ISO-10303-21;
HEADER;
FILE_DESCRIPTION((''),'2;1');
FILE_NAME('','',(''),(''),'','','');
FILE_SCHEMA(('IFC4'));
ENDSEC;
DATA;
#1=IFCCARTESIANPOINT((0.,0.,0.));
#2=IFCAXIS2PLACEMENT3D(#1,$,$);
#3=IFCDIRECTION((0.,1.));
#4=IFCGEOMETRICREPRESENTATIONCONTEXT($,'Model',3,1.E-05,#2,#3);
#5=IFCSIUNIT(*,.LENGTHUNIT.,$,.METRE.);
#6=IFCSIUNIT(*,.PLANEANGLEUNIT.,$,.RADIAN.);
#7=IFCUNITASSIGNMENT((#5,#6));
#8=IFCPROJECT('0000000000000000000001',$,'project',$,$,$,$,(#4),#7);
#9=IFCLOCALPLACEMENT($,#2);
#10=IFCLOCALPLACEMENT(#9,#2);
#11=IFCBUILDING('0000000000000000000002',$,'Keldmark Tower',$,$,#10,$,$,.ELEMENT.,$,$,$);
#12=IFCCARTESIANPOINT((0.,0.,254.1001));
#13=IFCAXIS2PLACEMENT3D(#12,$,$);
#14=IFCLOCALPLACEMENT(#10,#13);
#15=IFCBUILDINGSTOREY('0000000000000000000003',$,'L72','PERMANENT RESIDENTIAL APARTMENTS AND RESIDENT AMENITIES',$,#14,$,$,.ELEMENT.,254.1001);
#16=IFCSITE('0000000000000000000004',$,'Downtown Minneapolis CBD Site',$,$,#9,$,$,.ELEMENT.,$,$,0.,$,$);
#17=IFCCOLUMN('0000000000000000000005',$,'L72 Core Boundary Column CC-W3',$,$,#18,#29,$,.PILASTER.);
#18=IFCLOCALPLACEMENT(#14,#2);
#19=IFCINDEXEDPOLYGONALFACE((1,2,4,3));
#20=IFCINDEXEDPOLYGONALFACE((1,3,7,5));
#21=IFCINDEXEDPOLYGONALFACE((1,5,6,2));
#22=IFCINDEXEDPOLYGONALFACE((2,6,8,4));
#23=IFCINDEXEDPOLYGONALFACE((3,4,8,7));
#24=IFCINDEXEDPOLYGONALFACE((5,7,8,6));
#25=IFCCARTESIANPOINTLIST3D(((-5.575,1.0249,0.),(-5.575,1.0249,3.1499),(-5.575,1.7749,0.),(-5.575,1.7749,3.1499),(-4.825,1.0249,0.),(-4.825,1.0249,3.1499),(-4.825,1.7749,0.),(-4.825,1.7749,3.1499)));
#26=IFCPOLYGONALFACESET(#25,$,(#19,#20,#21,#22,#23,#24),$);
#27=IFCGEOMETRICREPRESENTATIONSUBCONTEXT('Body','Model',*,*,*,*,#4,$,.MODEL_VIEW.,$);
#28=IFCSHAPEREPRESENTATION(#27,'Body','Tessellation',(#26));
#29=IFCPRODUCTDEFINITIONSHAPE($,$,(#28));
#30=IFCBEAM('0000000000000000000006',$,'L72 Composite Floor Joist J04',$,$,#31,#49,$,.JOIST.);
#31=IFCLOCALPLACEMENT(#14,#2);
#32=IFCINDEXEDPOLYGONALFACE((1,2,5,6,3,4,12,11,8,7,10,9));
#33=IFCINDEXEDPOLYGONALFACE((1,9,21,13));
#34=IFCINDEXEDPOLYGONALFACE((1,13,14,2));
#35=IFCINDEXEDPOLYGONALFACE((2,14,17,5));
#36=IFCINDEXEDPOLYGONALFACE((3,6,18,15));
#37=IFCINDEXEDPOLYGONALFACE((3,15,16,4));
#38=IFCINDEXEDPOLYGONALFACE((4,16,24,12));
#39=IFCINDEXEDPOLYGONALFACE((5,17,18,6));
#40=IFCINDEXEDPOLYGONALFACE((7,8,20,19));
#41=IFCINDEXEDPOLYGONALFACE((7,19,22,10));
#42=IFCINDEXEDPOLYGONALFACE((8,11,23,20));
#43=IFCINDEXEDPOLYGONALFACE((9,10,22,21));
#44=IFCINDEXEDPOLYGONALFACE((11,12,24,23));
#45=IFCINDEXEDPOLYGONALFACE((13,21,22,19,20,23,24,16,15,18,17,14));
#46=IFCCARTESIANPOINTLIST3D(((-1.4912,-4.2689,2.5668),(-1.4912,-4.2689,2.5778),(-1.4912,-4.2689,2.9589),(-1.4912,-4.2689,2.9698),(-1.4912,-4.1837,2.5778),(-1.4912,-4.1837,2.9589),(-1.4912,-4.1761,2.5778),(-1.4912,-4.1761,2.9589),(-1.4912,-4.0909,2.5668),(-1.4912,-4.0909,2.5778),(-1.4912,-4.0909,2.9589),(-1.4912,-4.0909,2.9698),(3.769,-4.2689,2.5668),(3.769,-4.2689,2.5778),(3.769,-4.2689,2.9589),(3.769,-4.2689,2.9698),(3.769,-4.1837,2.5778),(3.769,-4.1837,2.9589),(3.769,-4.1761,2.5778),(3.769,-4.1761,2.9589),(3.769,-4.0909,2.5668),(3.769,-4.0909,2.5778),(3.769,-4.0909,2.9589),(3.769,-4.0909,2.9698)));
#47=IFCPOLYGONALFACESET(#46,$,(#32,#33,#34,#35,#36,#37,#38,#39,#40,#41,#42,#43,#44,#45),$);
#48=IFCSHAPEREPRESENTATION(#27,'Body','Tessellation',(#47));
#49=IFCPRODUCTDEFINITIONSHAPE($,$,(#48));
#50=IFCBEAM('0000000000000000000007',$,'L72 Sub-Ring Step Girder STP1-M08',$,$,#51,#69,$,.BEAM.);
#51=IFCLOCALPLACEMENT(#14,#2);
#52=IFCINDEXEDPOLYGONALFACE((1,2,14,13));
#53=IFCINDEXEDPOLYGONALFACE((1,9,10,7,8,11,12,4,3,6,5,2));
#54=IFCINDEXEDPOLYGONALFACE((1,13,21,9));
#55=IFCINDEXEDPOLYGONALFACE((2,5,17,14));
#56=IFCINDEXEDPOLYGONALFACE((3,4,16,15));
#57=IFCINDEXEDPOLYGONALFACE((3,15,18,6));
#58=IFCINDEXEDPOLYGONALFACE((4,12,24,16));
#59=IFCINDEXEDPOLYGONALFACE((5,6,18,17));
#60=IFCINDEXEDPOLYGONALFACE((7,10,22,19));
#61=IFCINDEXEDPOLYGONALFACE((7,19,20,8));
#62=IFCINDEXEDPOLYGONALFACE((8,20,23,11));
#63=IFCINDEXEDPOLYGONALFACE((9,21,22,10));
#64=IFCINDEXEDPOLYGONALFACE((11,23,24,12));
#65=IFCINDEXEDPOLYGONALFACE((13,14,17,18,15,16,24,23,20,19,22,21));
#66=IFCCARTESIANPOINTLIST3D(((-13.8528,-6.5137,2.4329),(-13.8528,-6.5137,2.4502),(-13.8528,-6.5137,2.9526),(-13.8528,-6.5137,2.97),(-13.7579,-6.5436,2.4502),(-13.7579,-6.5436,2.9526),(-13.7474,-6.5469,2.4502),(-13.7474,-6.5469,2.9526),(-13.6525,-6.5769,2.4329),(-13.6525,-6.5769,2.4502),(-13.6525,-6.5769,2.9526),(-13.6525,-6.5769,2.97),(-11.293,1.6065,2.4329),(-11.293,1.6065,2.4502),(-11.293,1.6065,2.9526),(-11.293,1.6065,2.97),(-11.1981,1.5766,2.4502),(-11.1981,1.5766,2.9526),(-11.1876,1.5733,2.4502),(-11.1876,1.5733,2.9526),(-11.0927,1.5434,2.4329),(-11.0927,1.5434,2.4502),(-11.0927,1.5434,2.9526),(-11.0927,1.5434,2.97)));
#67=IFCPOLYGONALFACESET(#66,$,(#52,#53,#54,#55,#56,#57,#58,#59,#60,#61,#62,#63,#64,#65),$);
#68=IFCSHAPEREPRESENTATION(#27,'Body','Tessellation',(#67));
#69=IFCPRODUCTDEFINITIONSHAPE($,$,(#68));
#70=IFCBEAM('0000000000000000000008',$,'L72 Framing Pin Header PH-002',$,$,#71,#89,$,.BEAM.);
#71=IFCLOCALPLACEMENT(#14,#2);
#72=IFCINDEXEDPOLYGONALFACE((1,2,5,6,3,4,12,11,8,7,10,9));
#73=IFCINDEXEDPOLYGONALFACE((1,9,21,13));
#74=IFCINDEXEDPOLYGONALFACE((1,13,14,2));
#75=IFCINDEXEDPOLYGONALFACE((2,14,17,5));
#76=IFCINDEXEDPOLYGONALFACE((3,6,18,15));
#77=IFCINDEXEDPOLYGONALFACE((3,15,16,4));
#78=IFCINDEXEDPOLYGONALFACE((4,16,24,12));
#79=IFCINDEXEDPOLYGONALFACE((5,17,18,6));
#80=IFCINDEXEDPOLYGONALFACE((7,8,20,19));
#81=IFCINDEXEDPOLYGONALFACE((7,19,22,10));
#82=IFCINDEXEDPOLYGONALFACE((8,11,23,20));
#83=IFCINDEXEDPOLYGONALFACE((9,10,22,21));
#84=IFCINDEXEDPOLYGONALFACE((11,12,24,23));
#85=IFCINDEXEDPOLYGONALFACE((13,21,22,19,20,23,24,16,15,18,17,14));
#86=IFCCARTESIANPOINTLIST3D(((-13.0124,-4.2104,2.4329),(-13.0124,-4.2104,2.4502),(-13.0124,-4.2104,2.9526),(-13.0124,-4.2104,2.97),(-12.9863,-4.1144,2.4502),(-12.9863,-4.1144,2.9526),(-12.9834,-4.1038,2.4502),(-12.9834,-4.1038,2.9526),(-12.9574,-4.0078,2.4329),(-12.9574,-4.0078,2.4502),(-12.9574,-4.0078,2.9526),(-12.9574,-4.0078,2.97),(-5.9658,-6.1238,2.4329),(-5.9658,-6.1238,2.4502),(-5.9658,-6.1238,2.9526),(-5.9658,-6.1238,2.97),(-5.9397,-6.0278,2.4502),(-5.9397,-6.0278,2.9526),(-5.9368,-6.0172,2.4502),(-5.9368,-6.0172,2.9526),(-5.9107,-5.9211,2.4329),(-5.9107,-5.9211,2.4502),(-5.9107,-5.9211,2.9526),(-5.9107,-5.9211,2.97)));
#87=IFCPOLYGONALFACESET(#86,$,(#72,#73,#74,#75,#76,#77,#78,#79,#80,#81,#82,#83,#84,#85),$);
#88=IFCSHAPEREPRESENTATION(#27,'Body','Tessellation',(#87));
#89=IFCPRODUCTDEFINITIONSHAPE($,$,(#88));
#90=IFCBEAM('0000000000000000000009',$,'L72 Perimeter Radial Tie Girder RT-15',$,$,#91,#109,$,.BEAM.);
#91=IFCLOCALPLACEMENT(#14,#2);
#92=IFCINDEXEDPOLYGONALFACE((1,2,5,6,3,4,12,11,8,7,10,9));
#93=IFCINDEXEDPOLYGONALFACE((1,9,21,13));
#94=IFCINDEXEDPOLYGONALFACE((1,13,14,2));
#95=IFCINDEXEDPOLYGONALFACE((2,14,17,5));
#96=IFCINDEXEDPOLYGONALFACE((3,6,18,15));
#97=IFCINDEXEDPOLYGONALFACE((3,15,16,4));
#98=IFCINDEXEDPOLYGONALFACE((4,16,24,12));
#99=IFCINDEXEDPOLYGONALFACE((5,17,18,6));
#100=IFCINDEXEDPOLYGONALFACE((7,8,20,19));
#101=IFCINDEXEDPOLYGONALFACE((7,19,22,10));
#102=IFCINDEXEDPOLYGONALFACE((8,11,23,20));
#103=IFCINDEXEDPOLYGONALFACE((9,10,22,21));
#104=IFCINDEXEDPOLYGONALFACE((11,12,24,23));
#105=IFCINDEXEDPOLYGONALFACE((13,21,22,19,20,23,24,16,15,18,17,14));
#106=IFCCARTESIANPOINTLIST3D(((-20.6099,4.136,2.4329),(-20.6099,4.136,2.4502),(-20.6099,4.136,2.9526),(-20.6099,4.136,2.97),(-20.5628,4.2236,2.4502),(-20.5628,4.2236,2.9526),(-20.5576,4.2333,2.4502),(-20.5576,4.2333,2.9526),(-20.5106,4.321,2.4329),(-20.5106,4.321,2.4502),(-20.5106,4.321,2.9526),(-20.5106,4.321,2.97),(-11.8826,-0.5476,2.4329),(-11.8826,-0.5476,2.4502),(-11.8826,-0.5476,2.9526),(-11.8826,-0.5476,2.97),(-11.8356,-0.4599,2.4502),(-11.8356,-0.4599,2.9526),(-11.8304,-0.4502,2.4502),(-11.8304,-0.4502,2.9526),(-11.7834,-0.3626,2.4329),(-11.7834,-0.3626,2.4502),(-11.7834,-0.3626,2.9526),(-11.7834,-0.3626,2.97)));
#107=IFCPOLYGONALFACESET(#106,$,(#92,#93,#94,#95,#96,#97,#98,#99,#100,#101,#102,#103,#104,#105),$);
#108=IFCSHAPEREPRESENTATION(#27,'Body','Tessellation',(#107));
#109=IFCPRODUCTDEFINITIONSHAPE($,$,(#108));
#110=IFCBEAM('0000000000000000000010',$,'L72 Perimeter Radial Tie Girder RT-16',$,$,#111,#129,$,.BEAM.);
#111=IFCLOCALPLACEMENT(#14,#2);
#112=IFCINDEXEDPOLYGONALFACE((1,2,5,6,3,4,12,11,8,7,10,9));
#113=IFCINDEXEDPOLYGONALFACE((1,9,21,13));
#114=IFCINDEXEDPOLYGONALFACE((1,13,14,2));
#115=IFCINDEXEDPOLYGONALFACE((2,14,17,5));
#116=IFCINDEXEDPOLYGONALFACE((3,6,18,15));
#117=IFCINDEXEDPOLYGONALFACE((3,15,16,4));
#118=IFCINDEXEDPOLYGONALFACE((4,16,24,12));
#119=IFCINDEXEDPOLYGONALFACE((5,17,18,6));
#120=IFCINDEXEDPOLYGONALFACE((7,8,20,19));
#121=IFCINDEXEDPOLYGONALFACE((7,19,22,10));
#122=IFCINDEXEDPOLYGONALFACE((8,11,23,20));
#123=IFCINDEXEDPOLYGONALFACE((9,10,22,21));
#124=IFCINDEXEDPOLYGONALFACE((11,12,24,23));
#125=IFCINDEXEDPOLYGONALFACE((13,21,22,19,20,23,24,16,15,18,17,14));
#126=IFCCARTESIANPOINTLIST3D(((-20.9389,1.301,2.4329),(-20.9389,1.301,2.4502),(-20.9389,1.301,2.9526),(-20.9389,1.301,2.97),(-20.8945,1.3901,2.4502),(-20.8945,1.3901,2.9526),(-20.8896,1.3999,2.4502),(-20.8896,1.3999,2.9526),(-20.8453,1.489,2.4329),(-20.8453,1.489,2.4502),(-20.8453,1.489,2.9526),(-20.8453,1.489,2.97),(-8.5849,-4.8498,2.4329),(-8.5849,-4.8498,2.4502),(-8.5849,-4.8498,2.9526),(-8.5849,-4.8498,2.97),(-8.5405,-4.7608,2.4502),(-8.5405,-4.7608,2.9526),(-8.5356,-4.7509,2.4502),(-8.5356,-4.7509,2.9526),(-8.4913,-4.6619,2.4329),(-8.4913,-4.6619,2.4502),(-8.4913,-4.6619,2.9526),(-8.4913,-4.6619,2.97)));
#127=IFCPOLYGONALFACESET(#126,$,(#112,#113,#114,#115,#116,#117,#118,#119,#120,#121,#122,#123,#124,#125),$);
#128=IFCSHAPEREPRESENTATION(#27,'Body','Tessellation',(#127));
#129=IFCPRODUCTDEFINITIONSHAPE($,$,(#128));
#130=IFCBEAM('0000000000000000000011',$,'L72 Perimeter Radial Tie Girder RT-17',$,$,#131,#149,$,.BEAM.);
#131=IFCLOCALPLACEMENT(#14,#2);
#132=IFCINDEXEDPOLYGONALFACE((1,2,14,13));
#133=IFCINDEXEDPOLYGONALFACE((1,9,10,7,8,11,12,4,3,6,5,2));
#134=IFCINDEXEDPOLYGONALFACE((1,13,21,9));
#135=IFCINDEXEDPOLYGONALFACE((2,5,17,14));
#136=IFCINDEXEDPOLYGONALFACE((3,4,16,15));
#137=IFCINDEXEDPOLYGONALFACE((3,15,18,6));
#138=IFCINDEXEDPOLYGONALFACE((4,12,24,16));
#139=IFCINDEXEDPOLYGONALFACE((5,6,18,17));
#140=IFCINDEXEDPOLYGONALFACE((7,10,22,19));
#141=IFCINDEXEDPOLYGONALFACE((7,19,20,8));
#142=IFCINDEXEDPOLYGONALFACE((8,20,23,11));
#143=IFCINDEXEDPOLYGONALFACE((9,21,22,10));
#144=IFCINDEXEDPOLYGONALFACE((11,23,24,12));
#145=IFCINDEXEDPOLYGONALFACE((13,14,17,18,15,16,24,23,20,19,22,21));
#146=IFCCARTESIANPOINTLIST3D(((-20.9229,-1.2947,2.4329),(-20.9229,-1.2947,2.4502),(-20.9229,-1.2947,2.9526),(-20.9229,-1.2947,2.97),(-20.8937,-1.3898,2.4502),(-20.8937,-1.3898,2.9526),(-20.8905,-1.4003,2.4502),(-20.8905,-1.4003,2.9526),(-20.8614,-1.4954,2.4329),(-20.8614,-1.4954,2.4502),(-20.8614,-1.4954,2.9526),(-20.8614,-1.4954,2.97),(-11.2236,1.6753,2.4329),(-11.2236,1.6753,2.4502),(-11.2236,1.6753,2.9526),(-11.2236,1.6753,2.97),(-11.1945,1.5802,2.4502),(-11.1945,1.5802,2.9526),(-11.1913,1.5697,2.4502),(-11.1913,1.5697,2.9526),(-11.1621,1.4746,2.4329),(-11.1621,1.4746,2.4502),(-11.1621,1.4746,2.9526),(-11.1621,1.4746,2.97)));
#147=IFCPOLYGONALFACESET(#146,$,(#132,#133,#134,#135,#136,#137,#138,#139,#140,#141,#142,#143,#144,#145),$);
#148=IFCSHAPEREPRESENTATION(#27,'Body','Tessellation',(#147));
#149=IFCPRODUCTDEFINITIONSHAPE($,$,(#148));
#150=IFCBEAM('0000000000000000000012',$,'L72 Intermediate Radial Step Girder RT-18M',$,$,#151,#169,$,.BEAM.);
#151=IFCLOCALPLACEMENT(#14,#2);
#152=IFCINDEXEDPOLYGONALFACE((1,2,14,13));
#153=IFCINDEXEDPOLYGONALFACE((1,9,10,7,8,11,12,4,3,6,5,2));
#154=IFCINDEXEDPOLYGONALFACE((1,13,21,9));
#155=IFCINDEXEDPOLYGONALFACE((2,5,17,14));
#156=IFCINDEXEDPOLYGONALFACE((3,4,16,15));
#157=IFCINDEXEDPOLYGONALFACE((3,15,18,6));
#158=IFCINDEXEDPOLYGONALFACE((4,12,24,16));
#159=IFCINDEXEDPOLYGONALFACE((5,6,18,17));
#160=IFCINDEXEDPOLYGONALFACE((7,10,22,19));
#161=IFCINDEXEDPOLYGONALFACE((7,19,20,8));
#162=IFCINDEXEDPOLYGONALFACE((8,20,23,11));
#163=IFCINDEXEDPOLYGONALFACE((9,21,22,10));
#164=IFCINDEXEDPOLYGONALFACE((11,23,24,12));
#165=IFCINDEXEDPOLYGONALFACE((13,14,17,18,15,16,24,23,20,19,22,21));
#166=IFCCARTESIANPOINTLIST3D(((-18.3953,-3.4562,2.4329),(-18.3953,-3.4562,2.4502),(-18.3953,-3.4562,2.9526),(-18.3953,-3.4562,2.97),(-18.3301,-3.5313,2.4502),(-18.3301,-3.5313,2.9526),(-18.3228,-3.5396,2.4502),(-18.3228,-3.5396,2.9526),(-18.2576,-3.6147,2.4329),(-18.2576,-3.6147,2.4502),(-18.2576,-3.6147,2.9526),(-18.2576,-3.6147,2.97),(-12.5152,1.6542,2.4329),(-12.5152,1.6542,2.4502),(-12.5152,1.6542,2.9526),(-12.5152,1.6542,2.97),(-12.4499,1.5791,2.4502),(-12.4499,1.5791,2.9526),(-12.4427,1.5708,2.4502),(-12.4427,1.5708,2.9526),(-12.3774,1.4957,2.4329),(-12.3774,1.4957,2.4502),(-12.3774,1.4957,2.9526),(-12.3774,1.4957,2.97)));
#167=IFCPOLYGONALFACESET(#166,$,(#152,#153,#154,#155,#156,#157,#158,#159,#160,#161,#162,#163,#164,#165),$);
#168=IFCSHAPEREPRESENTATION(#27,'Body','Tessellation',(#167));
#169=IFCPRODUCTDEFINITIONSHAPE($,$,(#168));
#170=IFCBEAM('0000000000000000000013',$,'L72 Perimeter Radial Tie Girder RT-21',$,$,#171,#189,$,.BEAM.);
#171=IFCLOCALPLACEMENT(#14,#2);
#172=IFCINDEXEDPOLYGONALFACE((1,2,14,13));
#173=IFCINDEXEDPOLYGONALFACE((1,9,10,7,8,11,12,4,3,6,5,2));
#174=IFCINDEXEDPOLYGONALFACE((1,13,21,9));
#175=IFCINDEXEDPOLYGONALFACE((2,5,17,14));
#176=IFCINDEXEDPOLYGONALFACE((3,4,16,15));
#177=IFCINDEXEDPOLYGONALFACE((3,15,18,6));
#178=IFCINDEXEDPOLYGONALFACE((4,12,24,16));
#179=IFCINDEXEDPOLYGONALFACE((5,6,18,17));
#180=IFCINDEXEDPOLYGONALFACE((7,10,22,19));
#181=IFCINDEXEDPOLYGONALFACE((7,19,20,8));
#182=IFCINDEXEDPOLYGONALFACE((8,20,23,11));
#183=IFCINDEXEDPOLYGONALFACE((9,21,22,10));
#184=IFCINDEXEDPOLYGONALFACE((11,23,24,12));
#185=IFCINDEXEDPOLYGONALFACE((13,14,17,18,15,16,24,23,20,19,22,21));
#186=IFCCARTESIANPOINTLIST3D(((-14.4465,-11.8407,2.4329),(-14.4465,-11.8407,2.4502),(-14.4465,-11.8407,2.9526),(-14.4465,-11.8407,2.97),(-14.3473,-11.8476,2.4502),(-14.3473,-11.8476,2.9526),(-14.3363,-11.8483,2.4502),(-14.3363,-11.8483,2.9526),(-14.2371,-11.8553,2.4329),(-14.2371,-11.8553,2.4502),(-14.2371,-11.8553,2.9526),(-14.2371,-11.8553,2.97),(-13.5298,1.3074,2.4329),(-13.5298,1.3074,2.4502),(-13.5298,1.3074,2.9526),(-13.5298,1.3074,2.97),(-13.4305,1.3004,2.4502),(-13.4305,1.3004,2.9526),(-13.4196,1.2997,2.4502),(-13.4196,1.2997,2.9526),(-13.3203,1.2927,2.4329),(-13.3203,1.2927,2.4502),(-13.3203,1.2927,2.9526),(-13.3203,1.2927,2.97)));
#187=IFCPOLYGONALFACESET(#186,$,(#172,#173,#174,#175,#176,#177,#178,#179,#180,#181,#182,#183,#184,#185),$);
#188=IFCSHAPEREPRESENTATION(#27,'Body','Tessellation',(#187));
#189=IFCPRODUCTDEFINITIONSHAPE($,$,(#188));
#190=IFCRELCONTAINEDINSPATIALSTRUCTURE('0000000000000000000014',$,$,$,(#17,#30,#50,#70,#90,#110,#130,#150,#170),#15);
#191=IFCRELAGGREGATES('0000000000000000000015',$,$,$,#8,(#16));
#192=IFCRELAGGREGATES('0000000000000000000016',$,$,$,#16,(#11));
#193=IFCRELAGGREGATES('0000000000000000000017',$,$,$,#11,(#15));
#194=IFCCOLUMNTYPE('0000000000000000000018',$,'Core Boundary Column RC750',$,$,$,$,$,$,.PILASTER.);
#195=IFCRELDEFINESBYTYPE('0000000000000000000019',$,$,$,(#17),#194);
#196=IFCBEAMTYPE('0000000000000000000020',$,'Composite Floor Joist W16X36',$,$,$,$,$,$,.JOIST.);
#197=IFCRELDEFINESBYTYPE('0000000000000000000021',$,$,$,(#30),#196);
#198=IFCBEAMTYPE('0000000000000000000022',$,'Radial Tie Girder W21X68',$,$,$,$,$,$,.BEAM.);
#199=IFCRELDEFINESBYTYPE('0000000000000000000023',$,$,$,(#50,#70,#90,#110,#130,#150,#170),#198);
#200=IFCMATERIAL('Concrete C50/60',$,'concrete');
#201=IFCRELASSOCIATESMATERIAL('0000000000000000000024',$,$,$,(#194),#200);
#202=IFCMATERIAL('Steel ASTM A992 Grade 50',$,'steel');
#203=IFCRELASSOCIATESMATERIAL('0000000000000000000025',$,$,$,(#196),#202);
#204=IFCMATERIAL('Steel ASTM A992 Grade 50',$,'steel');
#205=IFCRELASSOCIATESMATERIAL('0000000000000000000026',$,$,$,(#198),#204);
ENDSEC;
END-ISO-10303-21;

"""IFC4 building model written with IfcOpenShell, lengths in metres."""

from ifc_helpers import new_model, si_unit, direction, frame, origin, origin_2d, place, context, subcontext, project, spatial, rectangle, i_section, extrude, material, material_profile, profile_set, type_object, element, save


model = new_model("IFC4")

# Units and contexts
model_context = context("Model", 3, precision=1e-05, world=origin(), true_north=direction((0.0, 1.0)))
body_context = subcontext(model_context, "Body", "Model", "MODEL_VIEW")
ifc_project = project(units=[si_unit("LENGTHUNIT", "METRE"), si_unit("PLANEANGLEUNIT", "RADIAN")], contexts=[model_context])

# Site, building, storey
site_placement = place(None, origin())
site = spatial("IfcSite", under=ifc_project, at=site_placement, Name="Downtown Minneapolis CBD Site", CompositionType="ELEMENT", RefElevation=0.0)
building_placement = place(site_placement, origin())
building = spatial("IfcBuilding", under=site, at=building_placement, Name="Keldmark Tower", CompositionType="ELEMENT")
storey_placement = place(building_placement, frame((0.0, 0.0, 254.1001)))
storey = spatial("IfcBuildingStorey", under=building, at=storey_placement, Name="L72", Description="PERMANENT RESIDENTIAL APARTMENTS AND RESIDENT AMENITIES", CompositionType="ELEMENT", Elevation=254.1001)

# Column
ifc_material_1 = material(Name="Concrete C50/60", Category="concrete")
ifc_material_profile_1 = material_profile(ifc_material_1, rectangle(XDim=0.75, YDim=0.75, at=origin_2d()), Name="RC750X750")
ifc_profile_set_1 = profile_set([ifc_material_profile_1], Name="Concrete C50/60")
column_type = type_object("IfcColumnType", Name="Core Boundary Column RC750", PredefinedType="PILASTER", material=ifc_profile_set_1)
column_placement = place(storey_placement, frame((-5.2, 1.3999, 0.0), z_axis=(0.0, 0.0, 1.0), x_axis=(1.0, 0.0, 0.0)))
element("IfcColumn", 1, at=column_placement, inside=storey, type_object=column_type, Name="L72 Core Boundary Column CC-W3", PredefinedType="PILASTER", context=body_context, shape_type="SweptSolid", body=[
    extrude(rectangle(XDim=0.75, YDim=0.75, at=origin_2d()), origin(), (0.0, 0.0, 1.0), 3.1499),
])

# Beams
ifc_material_2 = material(Name="Steel ASTM A992 Grade 50", Category="steel")
ifc_material_profile_2 = material_profile(ifc_material_2, i_section(OverallWidth=0.178, OverallDepth=0.4031, WebThickness=0.0076, FlangeThickness=0.011, at=origin_2d()), Name="W16X36")
ifc_profile_set_2 = profile_set([ifc_material_profile_2], Name="Steel ASTM A992 Grade 50")
beam_type_1 = type_object("IfcBeamType", Name="Composite Floor Joist W16X36", PredefinedType="JOIST", material=ifc_profile_set_2)
beam_1_placement = place(storey_placement, frame((-1.4912, -4.1799, 2.7683), z_axis=(1.0, 0.0, 0.0), x_axis=(0.0, 1.0, 0.0)))
element("IfcBeam", 2, at=beam_1_placement, inside=storey, type_object=beam_type_1, Name="L72 Composite Floor Joist J04", PredefinedType="JOIST", context=body_context, shape_type="SweptSolid", body=[
    extrude(i_section(OverallWidth=0.178, OverallDepth=0.4031, WebThickness=0.0076, FlangeThickness=0.011, at=origin_2d()), origin(), (0.0, 0.0, 1.0), 5.2603),
])
ifc_material_3 = material(Name="Steel ASTM A992 Grade 50", Category="steel")
ifc_material_profile_3 = material_profile(ifc_material_3, i_section(OverallWidth=0.21, OverallDepth=0.5371, WebThickness=0.011, FlangeThickness=0.0173, at=origin_2d()), Name="W21X68")
ifc_profile_set_3 = profile_set([ifc_material_profile_3], Name="Steel ASTM A992 Grade 50")
beam_type_2 = type_object("IfcBeamType", Name="Radial Tie Girder W21X68", PredefinedType="BEAM", material=ifc_profile_set_3)
beam_2_placement = place(storey_placement, frame((-11.1929, 1.575, 2.7014), z_axis=(-0.30065, -0.953735, 0.0), x_axis=(0.953735, -0.30065, 0.0)))
element("IfcBeam", 3, at=beam_2_placement, inside=storey, type_object=beam_type_2, Name="L72 Sub-Ring Step Girder STP1-M08", PredefinedType="BEAM", context=body_context, shape_type="SweptSolid", body=[
    extrude(i_section(OverallWidth=0.21, OverallDepth=0.5371, WebThickness=0.011, FlangeThickness=0.0173, at=origin_2d()), origin(), (0.0, 0.0, 1.0), 8.5142),
])
beam_3_placement = place(storey_placement, frame((-12.9849, -4.1091, 2.7014), z_axis=(0.965058, -0.262036, 0.0), x_axis=(0.262036, 0.965058, 0.0)))
element("IfcBeam", 4, at=beam_3_placement, inside=storey, type_object=beam_type_2, Name="L72 Framing Pin Header PH-002", PredefinedType="BEAM", context=body_context, shape_type="SweptSolid", body=[
    extrude(i_section(OverallWidth=0.21, OverallDepth=0.5371, WebThickness=0.011, FlangeThickness=0.0173, at=origin_2d()), origin(), (0.0, 0.0, 1.0), 7.3018),
])
beam_4_placement = place(storey_placement, frame((-11.833, -0.4551, 2.7014), z_axis=(-0.881133, 0.472869, 0.0), x_axis=(-0.472869, -0.881133, 0.0)))
element("IfcBeam", 5, at=beam_4_placement, inside=storey, type_object=beam_type_2, Name="L72 Perimeter Radial Tie Girder RT-15", PredefinedType="BEAM", context=body_context, shape_type="SweptSolid", body=[
    extrude(i_section(OverallWidth=0.21, OverallDepth=0.5371, WebThickness=0.011, FlangeThickness=0.0173, at=origin_2d()), origin(), (0.0, 0.0, 1.0), 9.9045),
])
beam_5_placement = place(storey_placement, frame((-8.5381, -4.7559, 2.7014), z_axis=(-0.895183, 0.445699, 0.0), x_axis=(-0.445699, -0.895183, 0.0)))
element("IfcBeam", 6, at=beam_5_placement, inside=storey, type_object=beam_type_2, Name="L72 Perimeter Radial Tie Girder RT-16", PredefinedType="BEAM", context=body_context, shape_type="SweptSolid", body=[
    extrude(i_section(OverallWidth=0.21, OverallDepth=0.5371, WebThickness=0.011, FlangeThickness=0.0173, at=origin_2d()), origin(), (0.0, 0.0, 1.0), 13.8005),
])
beam_6_placement = place(storey_placement, frame((-11.1929, 1.575, 2.7014), z_axis=(-0.956177, -0.292788, 0.0), x_axis=(0.292788, -0.956177, 0.0)))
element("IfcBeam", 7, at=beam_6_placement, inside=storey, type_object=beam_type_2, Name="L72 Perimeter Radial Tie Girder RT-17", PredefinedType="BEAM", context=body_context, shape_type="SweptSolid", body=[
    extrude(i_section(OverallWidth=0.21, OverallDepth=0.5371, WebThickness=0.011, FlangeThickness=0.0173, at=origin_2d()), origin(), (0.0, 0.0, 1.0), 10.1438),
])
beam_7_placement = place(storey_placement, frame((-12.4463, 1.575, 2.7014), z_axis=(-0.754784, -0.655974, 0.0), x_axis=(0.655974, -0.754784, 0.0)))
element("IfcBeam", 8, at=beam_7_placement, inside=storey, type_object=beam_type_2, Name="L72 Intermediate Radial Step Girder RT-18M", PredefinedType="BEAM", context=body_context, shape_type="SweptSolid", body=[
    extrude(i_section(OverallWidth=0.21, OverallDepth=0.5371, WebThickness=0.011, FlangeThickness=0.0173, at=origin_2d()), origin(), (0.0, 0.0, 1.0), 7.7905),
])
beam_8_placement = place(storey_placement, frame((-13.425, 1.3, 2.7014), z_axis=(-0.069557, -0.997578, 0.0), x_axis=(0.997578, -0.069557, 0.0)))
element("IfcBeam", 9, at=beam_8_placement, inside=storey, type_object=beam_type_2, Name="L72 Perimeter Radial Tie Girder RT-21", PredefinedType="BEAM", context=body_context, shape_type="SweptSolid", body=[
    extrude(i_section(OverallWidth=0.21, OverallDepth=0.5371, WebThickness=0.011, FlangeThickness=0.0173, at=origin_2d()), origin(), (0.0, 0.0, 1.0), 13.1799),
])

save(model, "model.ifc")
